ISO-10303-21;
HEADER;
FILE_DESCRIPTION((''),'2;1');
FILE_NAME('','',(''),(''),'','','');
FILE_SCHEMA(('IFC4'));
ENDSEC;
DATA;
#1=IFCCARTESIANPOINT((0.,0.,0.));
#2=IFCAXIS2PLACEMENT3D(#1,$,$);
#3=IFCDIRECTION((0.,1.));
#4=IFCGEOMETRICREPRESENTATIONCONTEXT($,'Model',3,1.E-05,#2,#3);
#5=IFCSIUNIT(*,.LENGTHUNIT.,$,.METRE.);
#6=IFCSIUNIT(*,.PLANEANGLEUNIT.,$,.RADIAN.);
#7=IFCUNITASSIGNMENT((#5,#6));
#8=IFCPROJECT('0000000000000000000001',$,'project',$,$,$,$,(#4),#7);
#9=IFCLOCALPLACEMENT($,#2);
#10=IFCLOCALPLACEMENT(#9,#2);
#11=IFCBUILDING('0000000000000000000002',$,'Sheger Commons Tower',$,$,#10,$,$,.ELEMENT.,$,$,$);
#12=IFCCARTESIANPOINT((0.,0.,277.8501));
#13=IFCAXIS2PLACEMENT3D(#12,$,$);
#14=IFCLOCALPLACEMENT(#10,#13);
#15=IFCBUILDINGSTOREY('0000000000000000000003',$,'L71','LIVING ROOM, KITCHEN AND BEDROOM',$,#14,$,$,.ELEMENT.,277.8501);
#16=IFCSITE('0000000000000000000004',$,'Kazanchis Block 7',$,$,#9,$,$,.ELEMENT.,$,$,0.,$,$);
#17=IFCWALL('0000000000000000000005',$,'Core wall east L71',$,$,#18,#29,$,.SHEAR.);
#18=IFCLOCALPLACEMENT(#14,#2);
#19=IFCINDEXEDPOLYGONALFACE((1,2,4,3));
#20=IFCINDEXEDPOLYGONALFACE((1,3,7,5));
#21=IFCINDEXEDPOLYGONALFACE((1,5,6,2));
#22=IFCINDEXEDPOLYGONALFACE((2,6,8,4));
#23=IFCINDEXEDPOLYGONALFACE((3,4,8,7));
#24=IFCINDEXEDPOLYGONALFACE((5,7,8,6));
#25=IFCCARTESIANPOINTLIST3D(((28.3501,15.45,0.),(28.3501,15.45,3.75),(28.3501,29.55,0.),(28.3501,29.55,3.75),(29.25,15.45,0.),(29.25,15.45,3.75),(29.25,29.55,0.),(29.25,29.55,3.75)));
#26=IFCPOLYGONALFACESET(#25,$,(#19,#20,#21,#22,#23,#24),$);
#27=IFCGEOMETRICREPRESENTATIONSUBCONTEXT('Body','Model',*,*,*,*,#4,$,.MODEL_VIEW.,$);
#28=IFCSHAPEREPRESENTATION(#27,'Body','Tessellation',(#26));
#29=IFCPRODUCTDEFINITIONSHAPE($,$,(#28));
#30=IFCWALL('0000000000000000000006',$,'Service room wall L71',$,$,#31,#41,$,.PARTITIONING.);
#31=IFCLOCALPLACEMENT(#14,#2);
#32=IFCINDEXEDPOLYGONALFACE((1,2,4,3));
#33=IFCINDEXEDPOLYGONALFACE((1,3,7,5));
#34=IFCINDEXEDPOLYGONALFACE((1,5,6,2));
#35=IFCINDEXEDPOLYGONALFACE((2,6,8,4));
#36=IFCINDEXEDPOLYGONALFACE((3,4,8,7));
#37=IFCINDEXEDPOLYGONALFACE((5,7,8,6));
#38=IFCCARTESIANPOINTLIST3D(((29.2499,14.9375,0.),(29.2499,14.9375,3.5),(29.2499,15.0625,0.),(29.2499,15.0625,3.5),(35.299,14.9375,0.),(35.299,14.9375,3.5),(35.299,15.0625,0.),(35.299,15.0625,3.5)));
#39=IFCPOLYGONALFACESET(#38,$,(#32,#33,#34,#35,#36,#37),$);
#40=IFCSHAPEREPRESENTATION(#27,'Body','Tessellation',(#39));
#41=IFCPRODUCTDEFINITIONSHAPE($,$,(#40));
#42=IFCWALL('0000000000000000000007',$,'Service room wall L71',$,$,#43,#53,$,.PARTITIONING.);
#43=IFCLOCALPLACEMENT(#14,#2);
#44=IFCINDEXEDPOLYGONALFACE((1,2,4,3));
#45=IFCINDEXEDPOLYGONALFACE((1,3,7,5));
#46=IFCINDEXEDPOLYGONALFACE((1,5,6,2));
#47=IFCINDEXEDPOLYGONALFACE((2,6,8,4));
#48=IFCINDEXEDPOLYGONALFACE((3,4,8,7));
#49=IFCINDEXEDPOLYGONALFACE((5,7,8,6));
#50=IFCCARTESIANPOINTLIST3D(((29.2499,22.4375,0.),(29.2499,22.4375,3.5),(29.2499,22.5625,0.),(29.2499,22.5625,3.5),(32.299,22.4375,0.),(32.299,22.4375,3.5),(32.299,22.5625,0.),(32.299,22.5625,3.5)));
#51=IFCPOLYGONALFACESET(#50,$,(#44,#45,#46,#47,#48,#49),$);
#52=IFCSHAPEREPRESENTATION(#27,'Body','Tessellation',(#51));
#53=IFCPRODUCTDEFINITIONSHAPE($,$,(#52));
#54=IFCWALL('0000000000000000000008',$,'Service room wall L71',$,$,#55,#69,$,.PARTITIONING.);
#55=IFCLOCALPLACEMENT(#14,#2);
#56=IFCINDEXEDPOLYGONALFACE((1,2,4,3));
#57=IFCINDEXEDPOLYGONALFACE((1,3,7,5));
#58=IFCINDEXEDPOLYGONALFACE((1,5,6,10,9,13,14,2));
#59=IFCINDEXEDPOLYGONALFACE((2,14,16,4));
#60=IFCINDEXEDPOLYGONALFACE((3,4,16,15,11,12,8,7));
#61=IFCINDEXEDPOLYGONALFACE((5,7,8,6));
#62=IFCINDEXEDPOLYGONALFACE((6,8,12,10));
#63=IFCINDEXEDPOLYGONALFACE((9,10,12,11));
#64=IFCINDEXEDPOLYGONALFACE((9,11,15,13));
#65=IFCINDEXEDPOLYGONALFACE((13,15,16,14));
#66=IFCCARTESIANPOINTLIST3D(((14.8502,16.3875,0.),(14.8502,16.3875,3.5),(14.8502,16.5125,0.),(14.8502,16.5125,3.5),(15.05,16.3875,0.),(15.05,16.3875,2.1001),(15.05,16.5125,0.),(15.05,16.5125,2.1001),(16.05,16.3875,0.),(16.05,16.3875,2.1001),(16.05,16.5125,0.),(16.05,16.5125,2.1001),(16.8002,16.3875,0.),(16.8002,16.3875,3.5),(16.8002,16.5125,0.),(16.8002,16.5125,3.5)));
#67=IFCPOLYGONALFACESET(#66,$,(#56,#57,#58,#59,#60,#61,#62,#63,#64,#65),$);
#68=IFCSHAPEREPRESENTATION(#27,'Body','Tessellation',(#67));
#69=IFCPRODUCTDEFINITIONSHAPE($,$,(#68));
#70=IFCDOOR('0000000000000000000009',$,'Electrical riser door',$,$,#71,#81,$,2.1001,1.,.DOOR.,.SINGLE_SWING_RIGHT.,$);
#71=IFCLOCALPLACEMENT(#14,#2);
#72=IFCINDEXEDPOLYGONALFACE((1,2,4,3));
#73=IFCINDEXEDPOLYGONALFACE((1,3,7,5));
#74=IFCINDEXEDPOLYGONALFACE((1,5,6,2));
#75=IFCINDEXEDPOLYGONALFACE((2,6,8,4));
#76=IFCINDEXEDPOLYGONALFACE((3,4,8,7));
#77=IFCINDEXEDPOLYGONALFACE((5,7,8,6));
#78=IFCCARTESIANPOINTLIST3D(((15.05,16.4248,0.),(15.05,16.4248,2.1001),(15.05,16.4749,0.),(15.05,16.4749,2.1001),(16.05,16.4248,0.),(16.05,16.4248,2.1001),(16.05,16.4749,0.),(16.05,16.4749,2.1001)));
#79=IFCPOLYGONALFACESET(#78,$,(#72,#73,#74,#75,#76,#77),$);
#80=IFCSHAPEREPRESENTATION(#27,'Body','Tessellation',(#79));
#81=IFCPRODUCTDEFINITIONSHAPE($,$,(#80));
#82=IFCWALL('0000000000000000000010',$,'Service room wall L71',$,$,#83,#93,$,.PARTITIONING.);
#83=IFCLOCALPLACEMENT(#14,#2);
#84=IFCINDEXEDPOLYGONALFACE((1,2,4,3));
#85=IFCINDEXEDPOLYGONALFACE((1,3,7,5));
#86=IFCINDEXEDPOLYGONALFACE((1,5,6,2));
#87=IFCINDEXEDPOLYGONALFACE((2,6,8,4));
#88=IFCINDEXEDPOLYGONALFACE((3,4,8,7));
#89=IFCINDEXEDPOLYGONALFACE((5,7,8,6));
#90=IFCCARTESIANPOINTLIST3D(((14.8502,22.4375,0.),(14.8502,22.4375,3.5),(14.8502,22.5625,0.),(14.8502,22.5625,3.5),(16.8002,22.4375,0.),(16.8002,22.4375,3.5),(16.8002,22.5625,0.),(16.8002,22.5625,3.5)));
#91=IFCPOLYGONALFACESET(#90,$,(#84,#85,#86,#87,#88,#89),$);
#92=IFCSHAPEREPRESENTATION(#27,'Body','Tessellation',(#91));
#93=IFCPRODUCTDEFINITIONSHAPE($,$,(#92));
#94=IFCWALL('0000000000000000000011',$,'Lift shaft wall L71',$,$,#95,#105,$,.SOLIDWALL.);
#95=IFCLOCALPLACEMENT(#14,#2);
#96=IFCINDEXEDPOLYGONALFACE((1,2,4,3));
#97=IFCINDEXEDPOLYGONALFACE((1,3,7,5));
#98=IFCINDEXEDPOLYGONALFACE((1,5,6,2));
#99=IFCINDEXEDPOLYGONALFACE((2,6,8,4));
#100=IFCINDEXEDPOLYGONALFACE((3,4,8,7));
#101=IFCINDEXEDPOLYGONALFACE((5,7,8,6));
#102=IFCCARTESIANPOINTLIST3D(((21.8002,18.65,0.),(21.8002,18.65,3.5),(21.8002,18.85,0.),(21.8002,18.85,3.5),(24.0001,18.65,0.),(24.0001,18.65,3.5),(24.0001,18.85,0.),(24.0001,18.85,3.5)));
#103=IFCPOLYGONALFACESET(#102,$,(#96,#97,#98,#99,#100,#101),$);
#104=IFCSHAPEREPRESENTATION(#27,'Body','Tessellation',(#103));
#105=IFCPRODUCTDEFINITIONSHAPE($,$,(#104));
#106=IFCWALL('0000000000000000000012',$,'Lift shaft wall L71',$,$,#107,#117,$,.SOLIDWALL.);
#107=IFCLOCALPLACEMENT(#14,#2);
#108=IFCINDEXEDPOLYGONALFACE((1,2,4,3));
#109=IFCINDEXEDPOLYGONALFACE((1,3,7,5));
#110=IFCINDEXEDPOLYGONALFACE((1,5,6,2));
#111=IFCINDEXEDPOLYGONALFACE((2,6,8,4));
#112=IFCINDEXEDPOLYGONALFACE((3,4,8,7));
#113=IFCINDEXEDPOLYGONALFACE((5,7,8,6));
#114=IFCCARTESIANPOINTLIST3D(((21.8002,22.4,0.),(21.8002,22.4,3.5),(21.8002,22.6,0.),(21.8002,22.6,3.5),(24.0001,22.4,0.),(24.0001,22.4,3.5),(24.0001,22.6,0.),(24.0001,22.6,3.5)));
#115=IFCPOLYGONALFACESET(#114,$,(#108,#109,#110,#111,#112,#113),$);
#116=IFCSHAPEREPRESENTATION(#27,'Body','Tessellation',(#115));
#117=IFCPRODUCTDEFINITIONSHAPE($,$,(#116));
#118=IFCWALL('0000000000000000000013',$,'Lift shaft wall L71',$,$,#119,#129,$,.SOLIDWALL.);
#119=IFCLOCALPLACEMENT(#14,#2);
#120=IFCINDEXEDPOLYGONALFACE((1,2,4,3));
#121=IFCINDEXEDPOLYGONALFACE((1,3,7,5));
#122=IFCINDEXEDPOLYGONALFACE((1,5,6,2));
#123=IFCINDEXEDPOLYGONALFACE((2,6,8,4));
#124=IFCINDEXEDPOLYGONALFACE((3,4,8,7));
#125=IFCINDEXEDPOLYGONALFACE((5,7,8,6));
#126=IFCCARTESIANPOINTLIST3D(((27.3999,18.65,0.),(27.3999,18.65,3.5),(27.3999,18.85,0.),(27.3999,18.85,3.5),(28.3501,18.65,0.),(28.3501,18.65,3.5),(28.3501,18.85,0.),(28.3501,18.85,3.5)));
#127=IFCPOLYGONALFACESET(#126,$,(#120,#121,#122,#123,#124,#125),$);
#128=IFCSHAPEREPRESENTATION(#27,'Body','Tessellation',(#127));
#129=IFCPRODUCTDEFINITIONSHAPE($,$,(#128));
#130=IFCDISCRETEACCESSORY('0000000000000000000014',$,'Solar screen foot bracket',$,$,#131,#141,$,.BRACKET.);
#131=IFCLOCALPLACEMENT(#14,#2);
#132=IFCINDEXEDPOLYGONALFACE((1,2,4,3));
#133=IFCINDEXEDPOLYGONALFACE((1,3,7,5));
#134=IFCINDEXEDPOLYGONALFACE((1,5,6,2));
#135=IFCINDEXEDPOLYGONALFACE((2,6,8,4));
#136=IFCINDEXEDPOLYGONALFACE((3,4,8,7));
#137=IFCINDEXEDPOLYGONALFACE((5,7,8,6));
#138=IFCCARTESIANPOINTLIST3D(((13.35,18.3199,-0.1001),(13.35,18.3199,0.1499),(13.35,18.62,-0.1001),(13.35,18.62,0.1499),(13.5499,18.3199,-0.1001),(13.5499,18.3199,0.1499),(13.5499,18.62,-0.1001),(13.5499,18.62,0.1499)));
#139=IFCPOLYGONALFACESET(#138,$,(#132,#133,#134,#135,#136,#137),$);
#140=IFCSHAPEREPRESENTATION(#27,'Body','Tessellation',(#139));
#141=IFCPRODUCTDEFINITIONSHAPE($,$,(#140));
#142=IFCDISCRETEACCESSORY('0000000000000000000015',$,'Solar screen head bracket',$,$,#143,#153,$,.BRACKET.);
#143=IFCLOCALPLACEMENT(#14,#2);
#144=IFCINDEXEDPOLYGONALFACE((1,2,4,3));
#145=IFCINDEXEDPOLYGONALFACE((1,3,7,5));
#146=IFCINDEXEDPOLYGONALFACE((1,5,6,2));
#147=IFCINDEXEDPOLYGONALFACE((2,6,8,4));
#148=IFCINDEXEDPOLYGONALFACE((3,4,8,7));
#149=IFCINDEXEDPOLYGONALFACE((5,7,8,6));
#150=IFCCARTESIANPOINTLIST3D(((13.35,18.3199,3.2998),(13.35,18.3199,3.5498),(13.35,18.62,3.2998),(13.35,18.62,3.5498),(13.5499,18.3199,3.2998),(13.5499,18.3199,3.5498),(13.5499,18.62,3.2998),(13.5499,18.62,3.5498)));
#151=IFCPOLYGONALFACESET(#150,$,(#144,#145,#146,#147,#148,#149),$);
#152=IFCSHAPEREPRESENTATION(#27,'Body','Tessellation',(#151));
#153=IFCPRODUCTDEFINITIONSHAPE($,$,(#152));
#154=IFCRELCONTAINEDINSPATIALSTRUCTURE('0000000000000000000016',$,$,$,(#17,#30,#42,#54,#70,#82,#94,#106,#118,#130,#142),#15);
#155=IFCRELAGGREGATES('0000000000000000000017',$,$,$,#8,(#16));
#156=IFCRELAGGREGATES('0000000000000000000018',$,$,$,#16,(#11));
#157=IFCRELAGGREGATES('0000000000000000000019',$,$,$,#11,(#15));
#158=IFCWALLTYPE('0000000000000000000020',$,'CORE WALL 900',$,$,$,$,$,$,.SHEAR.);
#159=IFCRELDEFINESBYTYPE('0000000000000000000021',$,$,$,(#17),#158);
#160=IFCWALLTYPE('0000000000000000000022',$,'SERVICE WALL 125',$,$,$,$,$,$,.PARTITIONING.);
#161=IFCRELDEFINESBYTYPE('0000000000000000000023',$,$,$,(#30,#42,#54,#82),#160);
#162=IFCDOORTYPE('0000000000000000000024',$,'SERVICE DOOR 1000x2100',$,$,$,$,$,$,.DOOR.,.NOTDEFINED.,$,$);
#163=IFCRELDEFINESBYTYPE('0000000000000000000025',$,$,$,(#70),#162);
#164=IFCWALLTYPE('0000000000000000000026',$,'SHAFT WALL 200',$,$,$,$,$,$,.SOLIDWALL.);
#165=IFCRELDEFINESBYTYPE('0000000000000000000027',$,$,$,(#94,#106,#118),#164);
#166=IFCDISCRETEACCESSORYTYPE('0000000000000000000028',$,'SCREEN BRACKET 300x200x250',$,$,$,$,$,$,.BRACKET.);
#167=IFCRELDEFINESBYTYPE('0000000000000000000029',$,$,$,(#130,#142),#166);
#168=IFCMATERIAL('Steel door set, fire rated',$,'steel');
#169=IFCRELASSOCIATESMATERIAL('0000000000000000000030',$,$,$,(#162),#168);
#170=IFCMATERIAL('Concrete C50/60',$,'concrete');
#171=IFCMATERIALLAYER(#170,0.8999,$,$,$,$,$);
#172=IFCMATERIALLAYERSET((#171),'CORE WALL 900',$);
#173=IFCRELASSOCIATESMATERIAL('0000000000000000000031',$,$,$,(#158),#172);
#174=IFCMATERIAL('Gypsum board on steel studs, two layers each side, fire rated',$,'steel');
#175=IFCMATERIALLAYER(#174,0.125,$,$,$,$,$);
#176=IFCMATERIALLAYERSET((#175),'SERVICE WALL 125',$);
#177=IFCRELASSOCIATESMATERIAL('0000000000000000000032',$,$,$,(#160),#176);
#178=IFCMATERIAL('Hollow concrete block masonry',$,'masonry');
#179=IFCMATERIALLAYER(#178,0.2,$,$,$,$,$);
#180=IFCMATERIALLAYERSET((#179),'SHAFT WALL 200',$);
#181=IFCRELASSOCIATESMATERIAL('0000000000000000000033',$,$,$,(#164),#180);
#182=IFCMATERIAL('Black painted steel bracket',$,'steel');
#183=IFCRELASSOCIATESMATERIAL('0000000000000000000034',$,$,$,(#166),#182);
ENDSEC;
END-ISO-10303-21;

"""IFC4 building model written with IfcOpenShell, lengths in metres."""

from ifc_helpers import new_model, si_unit, direction, frame, frame_2d, origin, origin_2d, place, context, subcontext, project, spatial, rectangle, extrude, material, layer, layer_set, type_object, element, fill, save


model = new_model("IFC4")

# Units and contexts
model_context = context("Model", 3, precision=1e-05, world=origin(), true_north=direction((0.0, 1.0)))
body_context = subcontext(model_context, "Body", "Model", "MODEL_VIEW")
ifc_project = project(units=[si_unit("LENGTHUNIT", "METRE"), si_unit("PLANEANGLEUNIT", "RADIAN")], contexts=[model_context])

# Site, building, storey
site_placement = place(None, origin())
site = spatial("IfcSite", under=ifc_project, at=site_placement, Name="Kazanchis Block 7", CompositionType="ELEMENT", RefElevation=0.0)
building_placement = place(site_placement, origin())
building = spatial("IfcBuilding", under=site, at=building_placement, Name="Sheger Commons Tower", CompositionType="ELEMENT")
storey_placement = place(building_placement, frame((0.0, 0.0, 277.8501)))
storey = spatial("IfcBuildingStorey", under=building, at=storey_placement, Name="L71", Description="LIVING ROOM, KITCHEN AND BEDROOM", CompositionType="ELEMENT", Elevation=277.8501)

# Shared definitions
ifc_material_1 = material(Name="Steel door set, fire rated", Category="steel")
door_type_1 = type_object("IfcDoorType", Name="SERVICE DOOR 1000x2100", OperationType="NOTDEFINED", PredefinedType="DOOR", material=ifc_material_1)

# Walls
ifc_material_2 = material(Name="Concrete C50/60", Category="concrete")
ifc_layer_1 = layer(ifc_material_2, 0.8999)
ifc_layer_set_1 = layer_set([ifc_layer_1], Name="CORE WALL 900")
wall_type_1 = type_object("IfcWallType", Name="CORE WALL 900", PredefinedType="SHEAR", material=ifc_layer_set_1)
for number, where, z_axis, x_axis, name in (
    (1, (28.8, 15.45, 0.0), (0.0, 0.0, 1.0), (0.0, 1.0, 0.0), "Core wall east L71"),
):
    element("IfcWall", number, at=place(storey_placement, frame(where, z_axis=z_axis, x_axis=x_axis)), inside=storey, type_object=wall_type_1, Name=name, PredefinedType="SHEAR", context=body_context, shape_type="SweptSolid", body=[
        extrude(rectangle(XDim=14.1001, YDim=0.8999, at=frame_2d((7.05, 0.0))), origin(), (0.0, 0.0, 1.0), 3.75),
    ])
ifc_material_3 = material(Name="Gypsum board on steel studs, two layers each side, fire rated", Category="steel")
ifc_layer_2 = layer(ifc_material_3, 0.125)
ifc_layer_set_2 = layer_set([ifc_layer_2], Name="SERVICE WALL 125")
wall_type_2 = type_object("IfcWallType", Name="SERVICE WALL 125", PredefinedType="PARTITIONING", material=ifc_layer_set_2)
wall_1_placement = place(storey_placement, frame((29.25, 15.0, 0.0), z_axis=(0.0, 0.0, 1.0), x_axis=(1.0, 0.0, 0.0)))
element("IfcWall", 2, at=wall_1_placement, inside=storey, type_object=wall_type_2, Name="Service room wall L71", PredefinedType="PARTITIONING", context=body_context, shape_type="SweptSolid", body=[
    extrude(rectangle(XDim=6.0491, YDim=0.125, at=frame_2d((3.0244, 0.0))), origin(), (0.0, 0.0, 1.0), 3.5),
])
wall_2_placement = place(storey_placement, frame((29.25, 22.5, 0.0), z_axis=(0.0, 0.0, 1.0), x_axis=(1.0, 0.0, 0.0)))
element("IfcWall", 3, at=wall_2_placement, inside=storey, type_object=wall_type_2, Name="Service room wall L71", PredefinedType="PARTITIONING", context=body_context, shape_type="SweptSolid", body=[
    extrude(rectangle(XDim=3.0491, YDim=0.125, at=frame_2d((1.5244, 0.0))), origin(), (0.0, 0.0, 1.0), 3.5),
])

# Wall, opening, door
wall_3_placement = place(storey_placement, frame((14.8501, 16.45, 0.0), z_axis=(0.0, 0.0, 1.0), x_axis=(1.0, 0.0, 0.0)))
wall_3 = element("IfcWall", 4, at=wall_3_placement, inside=storey, type_object=wall_type_2, Name="Service room wall L71", PredefinedType="PARTITIONING", context=body_context, shape_type="SweptSolid", body=[
    extrude(rectangle(XDim=1.95, YDim=0.125, at=frame_2d((0.9751, 0.0))), origin(), (0.0, 0.0, 1.0), 3.5),
])
opening_1_placement = place(wall_3_placement, frame((0.2, 0.0, 0.0)))
opening_1 = element("IfcOpeningElement", 5, at=opening_1_placement, cuts=wall_3, PredefinedType="OPENING", context=body_context, shape_type="SweptSolid", body=[
    extrude(rectangle(XDim=1.0, YDim=2.1001, at=frame_2d((0.5, 1.05))), frame((0.0, 0.0725, 0.0), z_axis=(0.0, -1.0, 0.0), x_axis=(1.0, 0.0, 0.0)), (0.0, 0.0, 1.0), 0.145),
])
door_1_placement = place(opening_1_placement, origin())
door_1 = element("IfcDoor", 6, at=door_1_placement, inside=storey, type_object=door_type_1, Name="Electrical riser door", OperationType="SINGLE_SWING_RIGHT", OverallHeight=2.1001, OverallWidth=1.0, PredefinedType="DOOR", context=body_context, shape_type="SweptSolid", body=[
    extrude(rectangle(XDim=1.0, YDim=2.1001, at=frame_2d((0.5, 1.05))), frame((0.0, 0.0249, 0.0), z_axis=(0.0, -1.0, 0.0), x_axis=(1.0, 0.0, 0.0)), (0.0, 0.0, 1.0), 0.05),
])
fill(opening_1, door_1)

# Walls
wall_4_placement = place(storey_placement, frame((14.8501, 22.5, 0.0), z_axis=(0.0, 0.0, 1.0), x_axis=(1.0, 0.0, 0.0)))
element("IfcWall", 7, at=wall_4_placement, inside=storey, type_object=wall_type_2, Name="Service room wall L71", PredefinedType="PARTITIONING", context=body_context, shape_type="SweptSolid", body=[
    extrude(rectangle(XDim=1.95, YDim=0.125, at=frame_2d((0.9751, 0.0))), origin(), (0.0, 0.0, 1.0), 3.5),
])
ifc_material_4 = material(Name="Hollow concrete block masonry", Category="masonry")
ifc_layer_3 = layer(ifc_material_4, 0.2)
ifc_layer_set_3 = layer_set([ifc_layer_3], Name="SHAFT WALL 200")
wall_type_3 = type_object("IfcWallType", Name="SHAFT WALL 200", PredefinedType="SOLIDWALL", material=ifc_layer_set_3)
for number, where, z_axis, x_axis, name in (
    (8, (21.8, 18.75, 0.0), (0.0, 0.0, 1.0), (1.0, 0.0, 0.0), "Lift shaft wall L71"),
    (9, (21.8, 22.5, 0.0), (0.0, 0.0, 1.0), (1.0, 0.0, 0.0), "Lift shaft wall L71"),
):
    element("IfcWall", number, at=place(storey_placement, frame(where, z_axis=z_axis, x_axis=x_axis)), inside=storey, type_object=wall_type_3, Name=name, PredefinedType="SOLIDWALL", context=body_context, shape_type="SweptSolid", body=[
        extrude(rectangle(XDim=2.2, YDim=0.2, at=frame_2d((1.1001, 0.0))), origin(), (0.0, 0.0, 1.0), 3.5),
    ])
wall_5_placement = place(storey_placement, frame((27.3999, 18.75, 0.0), z_axis=(0.0, 0.0, 1.0), x_axis=(1.0, 0.0, 0.0)))
element("IfcWall", 10, at=wall_5_placement, inside=storey, type_object=wall_type_3, Name="Lift shaft wall L71", PredefinedType="SOLIDWALL", context=body_context, shape_type="SweptSolid", body=[
    extrude(rectangle(XDim=0.9502, YDim=0.2, at=frame_2d((0.4751, 0.0))), origin(), (0.0, 0.0, 1.0), 3.5),
])

# Discrete accessories
ifc_material_5 = material(Name="Black painted steel bracket", Category="steel")
discrete_accessory_type = type_object("IfcDiscreteAccessoryType", Name="SCREEN BRACKET 300x200x250", PredefinedType="BRACKET", material=ifc_material_5)
for number, where, z_axis, x_axis, name in (
    (11, (13.45, 18.47, -0.1001), (0.0, 0.0, 1.0), (0.0, -1.0, 0.0), "Solar screen foot bracket"),
    (12, (13.45, 18.47, 3.2998), (0.0, 0.0, 1.0), (0.0, -1.0, 0.0), "Solar screen head bracket"),
):
    element("IfcDiscreteAccessory", number, at=place(storey_placement, frame(where, z_axis=z_axis, x_axis=x_axis)), inside=storey, type_object=discrete_accessory_type, Name=name, PredefinedType="BRACKET", context=body_context, shape_type="SweptSolid", body=[
        extrude(rectangle(XDim=0.3, YDim=0.2, at=origin_2d()), origin(), (0.0, 0.0, 1.0), 0.25),
    ])

save(model, "model.ifc")
